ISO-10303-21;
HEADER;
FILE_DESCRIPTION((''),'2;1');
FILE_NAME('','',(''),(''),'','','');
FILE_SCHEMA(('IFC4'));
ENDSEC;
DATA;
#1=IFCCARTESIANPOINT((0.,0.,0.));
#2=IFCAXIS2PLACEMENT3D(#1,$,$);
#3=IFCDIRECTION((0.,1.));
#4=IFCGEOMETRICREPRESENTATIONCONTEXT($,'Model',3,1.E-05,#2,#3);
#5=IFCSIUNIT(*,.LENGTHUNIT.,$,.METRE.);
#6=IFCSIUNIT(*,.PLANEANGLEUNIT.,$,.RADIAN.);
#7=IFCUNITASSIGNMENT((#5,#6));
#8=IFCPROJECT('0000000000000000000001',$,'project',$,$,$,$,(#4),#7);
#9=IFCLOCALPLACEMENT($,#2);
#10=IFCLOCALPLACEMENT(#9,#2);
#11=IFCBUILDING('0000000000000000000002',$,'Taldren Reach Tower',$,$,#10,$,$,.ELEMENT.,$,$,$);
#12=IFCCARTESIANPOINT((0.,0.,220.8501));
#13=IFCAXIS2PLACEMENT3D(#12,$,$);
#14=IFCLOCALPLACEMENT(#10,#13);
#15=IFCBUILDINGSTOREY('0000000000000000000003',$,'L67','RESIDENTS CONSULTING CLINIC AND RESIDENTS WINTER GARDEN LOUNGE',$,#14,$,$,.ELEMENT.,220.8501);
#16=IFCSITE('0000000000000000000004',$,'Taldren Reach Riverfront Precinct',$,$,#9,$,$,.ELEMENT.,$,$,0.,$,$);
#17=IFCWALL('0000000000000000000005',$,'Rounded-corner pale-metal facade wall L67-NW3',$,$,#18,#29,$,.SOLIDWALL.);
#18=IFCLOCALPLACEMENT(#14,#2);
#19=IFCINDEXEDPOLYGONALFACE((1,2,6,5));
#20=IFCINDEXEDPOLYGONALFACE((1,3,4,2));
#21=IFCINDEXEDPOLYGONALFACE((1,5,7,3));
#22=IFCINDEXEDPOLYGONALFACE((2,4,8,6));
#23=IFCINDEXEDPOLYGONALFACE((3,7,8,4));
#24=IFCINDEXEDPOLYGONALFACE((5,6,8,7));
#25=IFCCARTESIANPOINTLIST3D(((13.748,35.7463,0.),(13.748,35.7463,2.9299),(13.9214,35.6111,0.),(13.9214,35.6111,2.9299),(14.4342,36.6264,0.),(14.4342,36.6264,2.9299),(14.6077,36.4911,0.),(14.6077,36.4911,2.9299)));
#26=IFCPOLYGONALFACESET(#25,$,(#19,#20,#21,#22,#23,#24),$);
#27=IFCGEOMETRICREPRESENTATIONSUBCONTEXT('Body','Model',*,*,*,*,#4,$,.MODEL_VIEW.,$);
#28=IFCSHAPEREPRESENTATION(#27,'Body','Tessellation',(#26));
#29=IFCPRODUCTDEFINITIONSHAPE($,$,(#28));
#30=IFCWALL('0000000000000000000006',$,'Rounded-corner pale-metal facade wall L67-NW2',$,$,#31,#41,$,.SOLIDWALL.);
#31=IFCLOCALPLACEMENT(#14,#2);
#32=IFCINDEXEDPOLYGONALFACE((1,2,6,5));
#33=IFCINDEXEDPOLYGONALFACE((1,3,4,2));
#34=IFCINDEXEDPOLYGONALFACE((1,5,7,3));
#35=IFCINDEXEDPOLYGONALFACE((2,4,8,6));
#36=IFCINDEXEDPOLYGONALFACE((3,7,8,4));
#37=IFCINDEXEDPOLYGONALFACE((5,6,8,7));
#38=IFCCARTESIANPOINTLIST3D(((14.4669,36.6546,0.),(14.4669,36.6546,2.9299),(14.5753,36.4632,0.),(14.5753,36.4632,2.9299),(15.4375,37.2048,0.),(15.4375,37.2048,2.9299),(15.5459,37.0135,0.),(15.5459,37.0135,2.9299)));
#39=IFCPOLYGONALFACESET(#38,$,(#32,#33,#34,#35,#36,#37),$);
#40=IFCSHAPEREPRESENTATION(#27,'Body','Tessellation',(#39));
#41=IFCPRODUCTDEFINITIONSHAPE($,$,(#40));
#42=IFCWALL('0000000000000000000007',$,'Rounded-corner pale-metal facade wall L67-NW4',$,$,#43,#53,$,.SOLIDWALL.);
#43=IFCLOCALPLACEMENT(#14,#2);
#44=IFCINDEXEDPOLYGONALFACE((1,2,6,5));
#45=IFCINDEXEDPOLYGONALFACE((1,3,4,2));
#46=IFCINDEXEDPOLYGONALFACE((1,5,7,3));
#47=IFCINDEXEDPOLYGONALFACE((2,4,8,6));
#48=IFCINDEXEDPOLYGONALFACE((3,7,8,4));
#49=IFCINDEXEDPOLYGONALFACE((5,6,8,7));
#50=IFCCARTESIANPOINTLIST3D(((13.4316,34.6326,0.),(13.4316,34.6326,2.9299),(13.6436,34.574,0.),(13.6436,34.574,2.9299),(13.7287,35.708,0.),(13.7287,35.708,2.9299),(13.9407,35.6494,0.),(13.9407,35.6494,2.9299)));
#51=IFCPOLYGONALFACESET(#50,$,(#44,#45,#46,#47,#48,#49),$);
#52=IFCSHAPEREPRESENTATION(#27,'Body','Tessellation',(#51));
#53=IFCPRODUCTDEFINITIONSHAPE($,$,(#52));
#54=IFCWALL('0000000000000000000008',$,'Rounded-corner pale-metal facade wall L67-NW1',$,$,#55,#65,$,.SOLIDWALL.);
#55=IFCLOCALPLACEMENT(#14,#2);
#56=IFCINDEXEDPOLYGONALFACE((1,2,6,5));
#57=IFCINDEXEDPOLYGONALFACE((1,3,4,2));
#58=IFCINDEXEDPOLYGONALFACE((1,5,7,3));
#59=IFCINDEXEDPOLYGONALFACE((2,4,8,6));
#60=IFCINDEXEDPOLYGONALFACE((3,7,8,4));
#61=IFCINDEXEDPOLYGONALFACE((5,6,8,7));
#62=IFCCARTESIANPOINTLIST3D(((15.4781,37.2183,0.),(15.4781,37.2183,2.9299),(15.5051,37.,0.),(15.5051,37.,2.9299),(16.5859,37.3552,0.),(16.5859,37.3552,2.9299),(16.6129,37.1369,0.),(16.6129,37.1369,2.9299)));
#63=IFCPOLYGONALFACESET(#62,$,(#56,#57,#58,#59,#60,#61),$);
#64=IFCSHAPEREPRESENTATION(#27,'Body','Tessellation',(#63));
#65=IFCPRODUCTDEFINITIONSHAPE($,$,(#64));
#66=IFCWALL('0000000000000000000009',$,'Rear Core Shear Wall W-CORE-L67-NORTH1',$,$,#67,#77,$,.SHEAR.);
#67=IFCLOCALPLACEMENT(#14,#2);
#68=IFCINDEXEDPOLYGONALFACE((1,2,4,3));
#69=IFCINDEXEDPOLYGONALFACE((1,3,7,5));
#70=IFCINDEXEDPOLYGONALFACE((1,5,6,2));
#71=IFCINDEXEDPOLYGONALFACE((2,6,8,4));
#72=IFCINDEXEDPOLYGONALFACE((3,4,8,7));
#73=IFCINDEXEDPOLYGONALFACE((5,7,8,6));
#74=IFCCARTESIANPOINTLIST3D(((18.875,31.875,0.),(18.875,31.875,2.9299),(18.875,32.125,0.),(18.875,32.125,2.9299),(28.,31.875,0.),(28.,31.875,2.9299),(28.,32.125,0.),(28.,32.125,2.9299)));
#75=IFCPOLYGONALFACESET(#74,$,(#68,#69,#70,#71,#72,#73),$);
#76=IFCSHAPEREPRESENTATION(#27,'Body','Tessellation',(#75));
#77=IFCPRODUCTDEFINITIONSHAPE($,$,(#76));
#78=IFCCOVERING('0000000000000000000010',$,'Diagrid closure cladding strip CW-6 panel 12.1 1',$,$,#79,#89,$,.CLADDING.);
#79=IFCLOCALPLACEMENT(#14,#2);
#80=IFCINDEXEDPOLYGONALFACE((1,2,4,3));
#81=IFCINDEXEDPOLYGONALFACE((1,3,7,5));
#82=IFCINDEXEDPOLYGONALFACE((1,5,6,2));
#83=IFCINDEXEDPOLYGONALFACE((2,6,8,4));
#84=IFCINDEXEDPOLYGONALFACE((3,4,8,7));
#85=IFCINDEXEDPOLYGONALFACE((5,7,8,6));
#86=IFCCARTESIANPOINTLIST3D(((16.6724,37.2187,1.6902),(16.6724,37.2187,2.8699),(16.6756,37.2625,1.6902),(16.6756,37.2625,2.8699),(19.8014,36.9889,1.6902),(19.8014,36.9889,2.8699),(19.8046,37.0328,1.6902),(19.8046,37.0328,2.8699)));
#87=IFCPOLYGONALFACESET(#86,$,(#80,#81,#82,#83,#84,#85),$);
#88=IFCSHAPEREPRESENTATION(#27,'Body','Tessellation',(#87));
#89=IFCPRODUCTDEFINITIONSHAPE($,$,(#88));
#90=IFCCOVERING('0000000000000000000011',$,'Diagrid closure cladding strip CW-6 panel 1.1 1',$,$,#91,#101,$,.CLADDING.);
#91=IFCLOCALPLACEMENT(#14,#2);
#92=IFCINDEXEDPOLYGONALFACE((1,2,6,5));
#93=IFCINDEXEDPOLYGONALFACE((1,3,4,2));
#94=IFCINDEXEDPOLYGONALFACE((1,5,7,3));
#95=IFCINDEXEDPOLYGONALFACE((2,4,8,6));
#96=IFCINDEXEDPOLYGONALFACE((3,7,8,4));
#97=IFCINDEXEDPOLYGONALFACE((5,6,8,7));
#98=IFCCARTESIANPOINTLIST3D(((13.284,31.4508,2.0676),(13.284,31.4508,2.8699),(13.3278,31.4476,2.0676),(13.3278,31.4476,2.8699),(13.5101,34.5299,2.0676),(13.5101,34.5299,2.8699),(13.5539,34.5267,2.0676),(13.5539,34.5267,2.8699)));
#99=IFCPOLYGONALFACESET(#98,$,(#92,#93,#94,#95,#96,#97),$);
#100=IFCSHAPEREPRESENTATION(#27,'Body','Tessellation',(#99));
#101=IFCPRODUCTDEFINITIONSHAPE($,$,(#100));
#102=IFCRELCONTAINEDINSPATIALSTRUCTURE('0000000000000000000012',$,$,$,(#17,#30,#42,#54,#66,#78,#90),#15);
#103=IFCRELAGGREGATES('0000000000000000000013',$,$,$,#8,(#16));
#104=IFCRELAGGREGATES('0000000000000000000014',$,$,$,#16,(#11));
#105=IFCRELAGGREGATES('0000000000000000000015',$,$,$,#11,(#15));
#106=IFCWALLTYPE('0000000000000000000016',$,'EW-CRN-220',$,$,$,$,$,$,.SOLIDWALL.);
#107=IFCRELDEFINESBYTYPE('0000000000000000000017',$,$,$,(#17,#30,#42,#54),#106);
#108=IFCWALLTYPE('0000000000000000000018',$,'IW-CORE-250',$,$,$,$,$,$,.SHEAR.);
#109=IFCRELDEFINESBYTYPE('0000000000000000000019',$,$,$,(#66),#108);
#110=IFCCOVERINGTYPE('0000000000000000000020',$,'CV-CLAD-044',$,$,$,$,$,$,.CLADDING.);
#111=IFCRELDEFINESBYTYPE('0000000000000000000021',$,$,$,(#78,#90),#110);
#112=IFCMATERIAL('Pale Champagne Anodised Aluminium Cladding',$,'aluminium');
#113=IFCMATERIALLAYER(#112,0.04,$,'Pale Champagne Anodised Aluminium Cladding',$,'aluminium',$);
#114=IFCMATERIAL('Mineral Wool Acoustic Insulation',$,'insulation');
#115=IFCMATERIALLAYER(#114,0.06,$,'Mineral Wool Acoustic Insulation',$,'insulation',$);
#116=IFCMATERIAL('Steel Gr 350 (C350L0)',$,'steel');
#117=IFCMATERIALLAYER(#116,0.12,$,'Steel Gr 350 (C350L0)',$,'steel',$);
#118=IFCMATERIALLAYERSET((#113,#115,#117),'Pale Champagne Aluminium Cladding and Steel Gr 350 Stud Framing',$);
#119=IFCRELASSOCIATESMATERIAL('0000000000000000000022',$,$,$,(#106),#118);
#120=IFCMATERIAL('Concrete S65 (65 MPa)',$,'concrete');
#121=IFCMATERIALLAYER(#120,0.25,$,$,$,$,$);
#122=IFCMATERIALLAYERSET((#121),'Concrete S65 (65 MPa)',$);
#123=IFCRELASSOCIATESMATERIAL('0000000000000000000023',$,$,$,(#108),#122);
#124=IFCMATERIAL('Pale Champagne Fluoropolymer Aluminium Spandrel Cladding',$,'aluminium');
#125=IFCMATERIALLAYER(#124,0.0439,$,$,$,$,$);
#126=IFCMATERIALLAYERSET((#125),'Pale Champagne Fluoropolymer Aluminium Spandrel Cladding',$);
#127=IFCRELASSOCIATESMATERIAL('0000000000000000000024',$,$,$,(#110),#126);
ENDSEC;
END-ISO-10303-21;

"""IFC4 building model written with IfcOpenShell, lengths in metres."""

from ifc_helpers import new_model, si_unit, direction, frame, frame_2d, origin, origin_2d, place, context, subcontext, project, spatial, rectangle, extrude, source, transform, mapped, material, layer, layer_set, type_object, element, save


model = new_model("IFC4")

# Units and contexts
model_context = context("Model", 3, precision=1e-05, world=origin(), true_north=direction((0.0, 1.0)))
body_context = subcontext(model_context, "Body", "Model", "MODEL_VIEW")
ifc_project = project(units=[si_unit("LENGTHUNIT", "METRE"), si_unit("PLANEANGLEUNIT", "RADIAN")], contexts=[model_context])

# Site, building, storey
site_placement = place(None, origin())
site = spatial("IfcSite", under=ifc_project, at=site_placement, Name="Taldren Reach Riverfront Precinct", CompositionType="ELEMENT", RefElevation=0.0)
building_placement = place(site_placement, origin())
building = spatial("IfcBuilding", under=site, at=building_placement, Name="Taldren Reach Tower", CompositionType="ELEMENT")
storey_placement = place(building_placement, frame((0.0, 0.0, 220.8501)))
storey = spatial("IfcBuildingStorey", under=building, at=storey_placement, Name="L67", Description="RESIDENTS CONSULTING CLINIC AND RESIDENTS WINTER GARDEN LOUNGE", CompositionType="ELEMENT", Elevation=220.8501)

# Shared definitions
ifc_material_1 = material(Name="Steel Gr 350 (C350L0)", Category="steel")

# Walls
ifc_material_2 = material(Name="Pale Champagne Anodised Aluminium Cladding", Category="aluminium")
ifc_layer_1 = layer(ifc_material_2, 0.04, Name="Pale Champagne Anodised Aluminium Cladding", Category="aluminium")
ifc_material_3 = material(Name="Mineral Wool Acoustic Insulation", Category="insulation")
ifc_layer_2 = layer(ifc_material_3, 0.06, Name="Mineral Wool Acoustic Insulation", Category="insulation")
ifc_layer_3 = layer(ifc_material_1, 0.12, Name="Steel Gr 350 (C350L0)", Category="steel")
ifc_layer_set_1 = layer_set([ifc_layer_1, ifc_layer_2, ifc_layer_3], Name="Pale Champagne Aluminium Cladding and Steel Gr 350 Stud Framing")
wall_type_1 = type_object("IfcWallType", Name="EW-CRN-220", PredefinedType="SOLIDWALL", material=ifc_layer_set_1)
shared_shape_1 = source(origin(), body_context, "Body", "SweptSolid", [
    extrude(rectangle(XDim=1.116, YDim=0.22, at=frame_2d((0.5581, 0.0))), origin(), (0.0, 0.0, 1.0), 2.9299),
])
wall_1_placement = place(storey_placement, frame((14.521, 36.5588, 0.0), z_axis=(0.0, 0.0, 1.0), x_axis=(-0.614909, -0.788598, 0.0)))
element("IfcWall", 1, at=wall_1_placement, inside=storey, type_object=wall_type_1, Name="Rounded-corner pale-metal facade wall L67-NW3", PredefinedType="SOLIDWALL", context=body_context, shape_type="MappedRepresentation", body=[
    mapped(shared_shape_1, transform((0.0, 0.0, 0.0), scale=1.0)),
])
shared_shape_2 = source(origin(), body_context, "Body", "SweptSolid", [
    extrude(rectangle(XDim=1.1157, YDim=0.22, at=frame_2d((0.5579, 0.0))), origin(), (0.0, 0.0, 1.0), 2.9299),
])
for number, where, z_axis, x_axis, name in (
    (2, (15.4917, 37.1091, 0.0), (0.0, 0.0, 1.0), (-0.869935, -0.493167, 0.0), "Rounded-corner pale-metal facade wall L67-NW2"),
    (3, (13.8347, 35.6787, 0.0), (0.0, 0.0, 1.0), (-0.266301, -0.96389, 0.0), "Rounded-corner pale-metal facade wall L67-NW4"),
):
    element("IfcWall", number, at=place(storey_placement, frame(where, z_axis=z_axis, x_axis=x_axis)), inside=storey, type_object=wall_type_1, Name=name, PredefinedType="SOLIDWALL", context=body_context, shape_type="MappedRepresentation", body=[
        mapped(shared_shape_2, transform((0.0, 0.0, 0.0), scale=1.0)),
    ])
shared_shape_3 = source(origin(), body_context, "Body", "SweptSolid", [
    extrude(rectangle(XDim=1.1162, YDim=0.22, at=frame_2d((0.5581, 0.0))), origin(), (0.0, 0.0, 1.0), 2.9299),
])
wall_2_placement = place(storey_placement, frame((16.5994, 37.2461, 0.0), z_axis=(0.0, 0.0, 1.0), x_axis=(-0.992442, -0.122715, 0.0)))
element("IfcWall", 4, at=wall_2_placement, inside=storey, type_object=wall_type_1, Name="Rounded-corner pale-metal facade wall L67-NW1", PredefinedType="SOLIDWALL", context=body_context, shape_type="MappedRepresentation", body=[
    mapped(shared_shape_3, transform((0.0, 0.0, 0.0), scale=1.0)),
])
ifc_material_4 = material(Name="Concrete S65 (65 MPa)", Category="concrete")
ifc_layer_4 = layer(ifc_material_4, 0.25)
ifc_layer_set_2 = layer_set([ifc_layer_4], Name="Concrete S65 (65 MPa)")
wall_type_2 = type_object("IfcWallType", Name="IW-CORE-250", PredefinedType="SHEAR", material=ifc_layer_set_2)
shared_shape_4 = source(origin(), body_context, "Body", "SweptSolid", [
    extrude(rectangle(XDim=9.125, YDim=0.25, at=frame_2d((4.5625, 0.0))), origin(), (0.0, 0.0, 1.0), 2.9299),
])
wall_3_placement = place(storey_placement, frame((18.875, 32.0, 0.0), z_axis=(0.0, 0.0, 1.0), x_axis=(1.0, 0.0, 0.0)))
element("IfcWall", 5, at=wall_3_placement, inside=storey, type_object=wall_type_2, Name="Rear Core Shear Wall W-CORE-L67-NORTH1", PredefinedType="SHEAR", context=body_context, shape_type="MappedRepresentation", body=[
    mapped(shared_shape_4, transform((0.0, 0.0, 0.0), scale=1.0)),
])

# Coverings
ifc_material_5 = material(Name="Pale Champagne Fluoropolymer Aluminium Spandrel Cladding", Category="aluminium")
ifc_layer_5 = layer(ifc_material_5, 0.0439)
ifc_layer_set_3 = layer_set([ifc_layer_5], Name="Pale Champagne Fluoropolymer Aluminium Spandrel Cladding")
covering_type = type_object("IfcCoveringType", Name="CV-CLAD-044", PredefinedType="CLADDING", material=ifc_layer_set_3)
shared_shape_5 = source(origin(), body_context, "Body", "SweptSolid", [
    extrude(rectangle(XDim=3.1375, YDim=0.0439, at=origin_2d()), origin(), (0.0, 0.0, 1.0), 1.1797),
])
covering_1_placement = place(storey_placement, frame((18.2385, 37.1257, 1.6902), z_axis=(0.0, 0.0, 1.0), x_axis=(-0.997314, 0.073238, 0.0)))
element("IfcCovering", 6, at=covering_1_placement, inside=storey, type_object=covering_type, Name="Diagrid closure cladding strip CW-6 panel 12.1 1", PredefinedType="CLADDING", context=body_context, shape_type="MappedRepresentation", body=[
    mapped(shared_shape_5, transform((0.0, 0.0, 0.0), scale=1.0)),
])
shared_shape_6 = source(origin(), body_context, "Body", "SweptSolid", [
    extrude(rectangle(XDim=3.0874, YDim=0.0439, at=origin_2d()), origin(), (0.0, 0.0, 1.0), 0.8022),
])
covering_2_placement = place(storey_placement, frame((13.4189, 32.9888, 2.0676), z_axis=(0.0, 0.0, 1.0), x_axis=(-0.073238, -0.997314, 0.0)))
element("IfcCovering", 7, at=covering_2_placement, inside=storey, type_object=covering_type, Name="Diagrid closure cladding strip CW-6 panel 1.1 1", PredefinedType="CLADDING", context=body_context, shape_type="MappedRepresentation", body=[
    mapped(shared_shape_6, transform((0.0, 0.0, 0.0), scale=1.0)),
])

save(model, "model.ifc")
